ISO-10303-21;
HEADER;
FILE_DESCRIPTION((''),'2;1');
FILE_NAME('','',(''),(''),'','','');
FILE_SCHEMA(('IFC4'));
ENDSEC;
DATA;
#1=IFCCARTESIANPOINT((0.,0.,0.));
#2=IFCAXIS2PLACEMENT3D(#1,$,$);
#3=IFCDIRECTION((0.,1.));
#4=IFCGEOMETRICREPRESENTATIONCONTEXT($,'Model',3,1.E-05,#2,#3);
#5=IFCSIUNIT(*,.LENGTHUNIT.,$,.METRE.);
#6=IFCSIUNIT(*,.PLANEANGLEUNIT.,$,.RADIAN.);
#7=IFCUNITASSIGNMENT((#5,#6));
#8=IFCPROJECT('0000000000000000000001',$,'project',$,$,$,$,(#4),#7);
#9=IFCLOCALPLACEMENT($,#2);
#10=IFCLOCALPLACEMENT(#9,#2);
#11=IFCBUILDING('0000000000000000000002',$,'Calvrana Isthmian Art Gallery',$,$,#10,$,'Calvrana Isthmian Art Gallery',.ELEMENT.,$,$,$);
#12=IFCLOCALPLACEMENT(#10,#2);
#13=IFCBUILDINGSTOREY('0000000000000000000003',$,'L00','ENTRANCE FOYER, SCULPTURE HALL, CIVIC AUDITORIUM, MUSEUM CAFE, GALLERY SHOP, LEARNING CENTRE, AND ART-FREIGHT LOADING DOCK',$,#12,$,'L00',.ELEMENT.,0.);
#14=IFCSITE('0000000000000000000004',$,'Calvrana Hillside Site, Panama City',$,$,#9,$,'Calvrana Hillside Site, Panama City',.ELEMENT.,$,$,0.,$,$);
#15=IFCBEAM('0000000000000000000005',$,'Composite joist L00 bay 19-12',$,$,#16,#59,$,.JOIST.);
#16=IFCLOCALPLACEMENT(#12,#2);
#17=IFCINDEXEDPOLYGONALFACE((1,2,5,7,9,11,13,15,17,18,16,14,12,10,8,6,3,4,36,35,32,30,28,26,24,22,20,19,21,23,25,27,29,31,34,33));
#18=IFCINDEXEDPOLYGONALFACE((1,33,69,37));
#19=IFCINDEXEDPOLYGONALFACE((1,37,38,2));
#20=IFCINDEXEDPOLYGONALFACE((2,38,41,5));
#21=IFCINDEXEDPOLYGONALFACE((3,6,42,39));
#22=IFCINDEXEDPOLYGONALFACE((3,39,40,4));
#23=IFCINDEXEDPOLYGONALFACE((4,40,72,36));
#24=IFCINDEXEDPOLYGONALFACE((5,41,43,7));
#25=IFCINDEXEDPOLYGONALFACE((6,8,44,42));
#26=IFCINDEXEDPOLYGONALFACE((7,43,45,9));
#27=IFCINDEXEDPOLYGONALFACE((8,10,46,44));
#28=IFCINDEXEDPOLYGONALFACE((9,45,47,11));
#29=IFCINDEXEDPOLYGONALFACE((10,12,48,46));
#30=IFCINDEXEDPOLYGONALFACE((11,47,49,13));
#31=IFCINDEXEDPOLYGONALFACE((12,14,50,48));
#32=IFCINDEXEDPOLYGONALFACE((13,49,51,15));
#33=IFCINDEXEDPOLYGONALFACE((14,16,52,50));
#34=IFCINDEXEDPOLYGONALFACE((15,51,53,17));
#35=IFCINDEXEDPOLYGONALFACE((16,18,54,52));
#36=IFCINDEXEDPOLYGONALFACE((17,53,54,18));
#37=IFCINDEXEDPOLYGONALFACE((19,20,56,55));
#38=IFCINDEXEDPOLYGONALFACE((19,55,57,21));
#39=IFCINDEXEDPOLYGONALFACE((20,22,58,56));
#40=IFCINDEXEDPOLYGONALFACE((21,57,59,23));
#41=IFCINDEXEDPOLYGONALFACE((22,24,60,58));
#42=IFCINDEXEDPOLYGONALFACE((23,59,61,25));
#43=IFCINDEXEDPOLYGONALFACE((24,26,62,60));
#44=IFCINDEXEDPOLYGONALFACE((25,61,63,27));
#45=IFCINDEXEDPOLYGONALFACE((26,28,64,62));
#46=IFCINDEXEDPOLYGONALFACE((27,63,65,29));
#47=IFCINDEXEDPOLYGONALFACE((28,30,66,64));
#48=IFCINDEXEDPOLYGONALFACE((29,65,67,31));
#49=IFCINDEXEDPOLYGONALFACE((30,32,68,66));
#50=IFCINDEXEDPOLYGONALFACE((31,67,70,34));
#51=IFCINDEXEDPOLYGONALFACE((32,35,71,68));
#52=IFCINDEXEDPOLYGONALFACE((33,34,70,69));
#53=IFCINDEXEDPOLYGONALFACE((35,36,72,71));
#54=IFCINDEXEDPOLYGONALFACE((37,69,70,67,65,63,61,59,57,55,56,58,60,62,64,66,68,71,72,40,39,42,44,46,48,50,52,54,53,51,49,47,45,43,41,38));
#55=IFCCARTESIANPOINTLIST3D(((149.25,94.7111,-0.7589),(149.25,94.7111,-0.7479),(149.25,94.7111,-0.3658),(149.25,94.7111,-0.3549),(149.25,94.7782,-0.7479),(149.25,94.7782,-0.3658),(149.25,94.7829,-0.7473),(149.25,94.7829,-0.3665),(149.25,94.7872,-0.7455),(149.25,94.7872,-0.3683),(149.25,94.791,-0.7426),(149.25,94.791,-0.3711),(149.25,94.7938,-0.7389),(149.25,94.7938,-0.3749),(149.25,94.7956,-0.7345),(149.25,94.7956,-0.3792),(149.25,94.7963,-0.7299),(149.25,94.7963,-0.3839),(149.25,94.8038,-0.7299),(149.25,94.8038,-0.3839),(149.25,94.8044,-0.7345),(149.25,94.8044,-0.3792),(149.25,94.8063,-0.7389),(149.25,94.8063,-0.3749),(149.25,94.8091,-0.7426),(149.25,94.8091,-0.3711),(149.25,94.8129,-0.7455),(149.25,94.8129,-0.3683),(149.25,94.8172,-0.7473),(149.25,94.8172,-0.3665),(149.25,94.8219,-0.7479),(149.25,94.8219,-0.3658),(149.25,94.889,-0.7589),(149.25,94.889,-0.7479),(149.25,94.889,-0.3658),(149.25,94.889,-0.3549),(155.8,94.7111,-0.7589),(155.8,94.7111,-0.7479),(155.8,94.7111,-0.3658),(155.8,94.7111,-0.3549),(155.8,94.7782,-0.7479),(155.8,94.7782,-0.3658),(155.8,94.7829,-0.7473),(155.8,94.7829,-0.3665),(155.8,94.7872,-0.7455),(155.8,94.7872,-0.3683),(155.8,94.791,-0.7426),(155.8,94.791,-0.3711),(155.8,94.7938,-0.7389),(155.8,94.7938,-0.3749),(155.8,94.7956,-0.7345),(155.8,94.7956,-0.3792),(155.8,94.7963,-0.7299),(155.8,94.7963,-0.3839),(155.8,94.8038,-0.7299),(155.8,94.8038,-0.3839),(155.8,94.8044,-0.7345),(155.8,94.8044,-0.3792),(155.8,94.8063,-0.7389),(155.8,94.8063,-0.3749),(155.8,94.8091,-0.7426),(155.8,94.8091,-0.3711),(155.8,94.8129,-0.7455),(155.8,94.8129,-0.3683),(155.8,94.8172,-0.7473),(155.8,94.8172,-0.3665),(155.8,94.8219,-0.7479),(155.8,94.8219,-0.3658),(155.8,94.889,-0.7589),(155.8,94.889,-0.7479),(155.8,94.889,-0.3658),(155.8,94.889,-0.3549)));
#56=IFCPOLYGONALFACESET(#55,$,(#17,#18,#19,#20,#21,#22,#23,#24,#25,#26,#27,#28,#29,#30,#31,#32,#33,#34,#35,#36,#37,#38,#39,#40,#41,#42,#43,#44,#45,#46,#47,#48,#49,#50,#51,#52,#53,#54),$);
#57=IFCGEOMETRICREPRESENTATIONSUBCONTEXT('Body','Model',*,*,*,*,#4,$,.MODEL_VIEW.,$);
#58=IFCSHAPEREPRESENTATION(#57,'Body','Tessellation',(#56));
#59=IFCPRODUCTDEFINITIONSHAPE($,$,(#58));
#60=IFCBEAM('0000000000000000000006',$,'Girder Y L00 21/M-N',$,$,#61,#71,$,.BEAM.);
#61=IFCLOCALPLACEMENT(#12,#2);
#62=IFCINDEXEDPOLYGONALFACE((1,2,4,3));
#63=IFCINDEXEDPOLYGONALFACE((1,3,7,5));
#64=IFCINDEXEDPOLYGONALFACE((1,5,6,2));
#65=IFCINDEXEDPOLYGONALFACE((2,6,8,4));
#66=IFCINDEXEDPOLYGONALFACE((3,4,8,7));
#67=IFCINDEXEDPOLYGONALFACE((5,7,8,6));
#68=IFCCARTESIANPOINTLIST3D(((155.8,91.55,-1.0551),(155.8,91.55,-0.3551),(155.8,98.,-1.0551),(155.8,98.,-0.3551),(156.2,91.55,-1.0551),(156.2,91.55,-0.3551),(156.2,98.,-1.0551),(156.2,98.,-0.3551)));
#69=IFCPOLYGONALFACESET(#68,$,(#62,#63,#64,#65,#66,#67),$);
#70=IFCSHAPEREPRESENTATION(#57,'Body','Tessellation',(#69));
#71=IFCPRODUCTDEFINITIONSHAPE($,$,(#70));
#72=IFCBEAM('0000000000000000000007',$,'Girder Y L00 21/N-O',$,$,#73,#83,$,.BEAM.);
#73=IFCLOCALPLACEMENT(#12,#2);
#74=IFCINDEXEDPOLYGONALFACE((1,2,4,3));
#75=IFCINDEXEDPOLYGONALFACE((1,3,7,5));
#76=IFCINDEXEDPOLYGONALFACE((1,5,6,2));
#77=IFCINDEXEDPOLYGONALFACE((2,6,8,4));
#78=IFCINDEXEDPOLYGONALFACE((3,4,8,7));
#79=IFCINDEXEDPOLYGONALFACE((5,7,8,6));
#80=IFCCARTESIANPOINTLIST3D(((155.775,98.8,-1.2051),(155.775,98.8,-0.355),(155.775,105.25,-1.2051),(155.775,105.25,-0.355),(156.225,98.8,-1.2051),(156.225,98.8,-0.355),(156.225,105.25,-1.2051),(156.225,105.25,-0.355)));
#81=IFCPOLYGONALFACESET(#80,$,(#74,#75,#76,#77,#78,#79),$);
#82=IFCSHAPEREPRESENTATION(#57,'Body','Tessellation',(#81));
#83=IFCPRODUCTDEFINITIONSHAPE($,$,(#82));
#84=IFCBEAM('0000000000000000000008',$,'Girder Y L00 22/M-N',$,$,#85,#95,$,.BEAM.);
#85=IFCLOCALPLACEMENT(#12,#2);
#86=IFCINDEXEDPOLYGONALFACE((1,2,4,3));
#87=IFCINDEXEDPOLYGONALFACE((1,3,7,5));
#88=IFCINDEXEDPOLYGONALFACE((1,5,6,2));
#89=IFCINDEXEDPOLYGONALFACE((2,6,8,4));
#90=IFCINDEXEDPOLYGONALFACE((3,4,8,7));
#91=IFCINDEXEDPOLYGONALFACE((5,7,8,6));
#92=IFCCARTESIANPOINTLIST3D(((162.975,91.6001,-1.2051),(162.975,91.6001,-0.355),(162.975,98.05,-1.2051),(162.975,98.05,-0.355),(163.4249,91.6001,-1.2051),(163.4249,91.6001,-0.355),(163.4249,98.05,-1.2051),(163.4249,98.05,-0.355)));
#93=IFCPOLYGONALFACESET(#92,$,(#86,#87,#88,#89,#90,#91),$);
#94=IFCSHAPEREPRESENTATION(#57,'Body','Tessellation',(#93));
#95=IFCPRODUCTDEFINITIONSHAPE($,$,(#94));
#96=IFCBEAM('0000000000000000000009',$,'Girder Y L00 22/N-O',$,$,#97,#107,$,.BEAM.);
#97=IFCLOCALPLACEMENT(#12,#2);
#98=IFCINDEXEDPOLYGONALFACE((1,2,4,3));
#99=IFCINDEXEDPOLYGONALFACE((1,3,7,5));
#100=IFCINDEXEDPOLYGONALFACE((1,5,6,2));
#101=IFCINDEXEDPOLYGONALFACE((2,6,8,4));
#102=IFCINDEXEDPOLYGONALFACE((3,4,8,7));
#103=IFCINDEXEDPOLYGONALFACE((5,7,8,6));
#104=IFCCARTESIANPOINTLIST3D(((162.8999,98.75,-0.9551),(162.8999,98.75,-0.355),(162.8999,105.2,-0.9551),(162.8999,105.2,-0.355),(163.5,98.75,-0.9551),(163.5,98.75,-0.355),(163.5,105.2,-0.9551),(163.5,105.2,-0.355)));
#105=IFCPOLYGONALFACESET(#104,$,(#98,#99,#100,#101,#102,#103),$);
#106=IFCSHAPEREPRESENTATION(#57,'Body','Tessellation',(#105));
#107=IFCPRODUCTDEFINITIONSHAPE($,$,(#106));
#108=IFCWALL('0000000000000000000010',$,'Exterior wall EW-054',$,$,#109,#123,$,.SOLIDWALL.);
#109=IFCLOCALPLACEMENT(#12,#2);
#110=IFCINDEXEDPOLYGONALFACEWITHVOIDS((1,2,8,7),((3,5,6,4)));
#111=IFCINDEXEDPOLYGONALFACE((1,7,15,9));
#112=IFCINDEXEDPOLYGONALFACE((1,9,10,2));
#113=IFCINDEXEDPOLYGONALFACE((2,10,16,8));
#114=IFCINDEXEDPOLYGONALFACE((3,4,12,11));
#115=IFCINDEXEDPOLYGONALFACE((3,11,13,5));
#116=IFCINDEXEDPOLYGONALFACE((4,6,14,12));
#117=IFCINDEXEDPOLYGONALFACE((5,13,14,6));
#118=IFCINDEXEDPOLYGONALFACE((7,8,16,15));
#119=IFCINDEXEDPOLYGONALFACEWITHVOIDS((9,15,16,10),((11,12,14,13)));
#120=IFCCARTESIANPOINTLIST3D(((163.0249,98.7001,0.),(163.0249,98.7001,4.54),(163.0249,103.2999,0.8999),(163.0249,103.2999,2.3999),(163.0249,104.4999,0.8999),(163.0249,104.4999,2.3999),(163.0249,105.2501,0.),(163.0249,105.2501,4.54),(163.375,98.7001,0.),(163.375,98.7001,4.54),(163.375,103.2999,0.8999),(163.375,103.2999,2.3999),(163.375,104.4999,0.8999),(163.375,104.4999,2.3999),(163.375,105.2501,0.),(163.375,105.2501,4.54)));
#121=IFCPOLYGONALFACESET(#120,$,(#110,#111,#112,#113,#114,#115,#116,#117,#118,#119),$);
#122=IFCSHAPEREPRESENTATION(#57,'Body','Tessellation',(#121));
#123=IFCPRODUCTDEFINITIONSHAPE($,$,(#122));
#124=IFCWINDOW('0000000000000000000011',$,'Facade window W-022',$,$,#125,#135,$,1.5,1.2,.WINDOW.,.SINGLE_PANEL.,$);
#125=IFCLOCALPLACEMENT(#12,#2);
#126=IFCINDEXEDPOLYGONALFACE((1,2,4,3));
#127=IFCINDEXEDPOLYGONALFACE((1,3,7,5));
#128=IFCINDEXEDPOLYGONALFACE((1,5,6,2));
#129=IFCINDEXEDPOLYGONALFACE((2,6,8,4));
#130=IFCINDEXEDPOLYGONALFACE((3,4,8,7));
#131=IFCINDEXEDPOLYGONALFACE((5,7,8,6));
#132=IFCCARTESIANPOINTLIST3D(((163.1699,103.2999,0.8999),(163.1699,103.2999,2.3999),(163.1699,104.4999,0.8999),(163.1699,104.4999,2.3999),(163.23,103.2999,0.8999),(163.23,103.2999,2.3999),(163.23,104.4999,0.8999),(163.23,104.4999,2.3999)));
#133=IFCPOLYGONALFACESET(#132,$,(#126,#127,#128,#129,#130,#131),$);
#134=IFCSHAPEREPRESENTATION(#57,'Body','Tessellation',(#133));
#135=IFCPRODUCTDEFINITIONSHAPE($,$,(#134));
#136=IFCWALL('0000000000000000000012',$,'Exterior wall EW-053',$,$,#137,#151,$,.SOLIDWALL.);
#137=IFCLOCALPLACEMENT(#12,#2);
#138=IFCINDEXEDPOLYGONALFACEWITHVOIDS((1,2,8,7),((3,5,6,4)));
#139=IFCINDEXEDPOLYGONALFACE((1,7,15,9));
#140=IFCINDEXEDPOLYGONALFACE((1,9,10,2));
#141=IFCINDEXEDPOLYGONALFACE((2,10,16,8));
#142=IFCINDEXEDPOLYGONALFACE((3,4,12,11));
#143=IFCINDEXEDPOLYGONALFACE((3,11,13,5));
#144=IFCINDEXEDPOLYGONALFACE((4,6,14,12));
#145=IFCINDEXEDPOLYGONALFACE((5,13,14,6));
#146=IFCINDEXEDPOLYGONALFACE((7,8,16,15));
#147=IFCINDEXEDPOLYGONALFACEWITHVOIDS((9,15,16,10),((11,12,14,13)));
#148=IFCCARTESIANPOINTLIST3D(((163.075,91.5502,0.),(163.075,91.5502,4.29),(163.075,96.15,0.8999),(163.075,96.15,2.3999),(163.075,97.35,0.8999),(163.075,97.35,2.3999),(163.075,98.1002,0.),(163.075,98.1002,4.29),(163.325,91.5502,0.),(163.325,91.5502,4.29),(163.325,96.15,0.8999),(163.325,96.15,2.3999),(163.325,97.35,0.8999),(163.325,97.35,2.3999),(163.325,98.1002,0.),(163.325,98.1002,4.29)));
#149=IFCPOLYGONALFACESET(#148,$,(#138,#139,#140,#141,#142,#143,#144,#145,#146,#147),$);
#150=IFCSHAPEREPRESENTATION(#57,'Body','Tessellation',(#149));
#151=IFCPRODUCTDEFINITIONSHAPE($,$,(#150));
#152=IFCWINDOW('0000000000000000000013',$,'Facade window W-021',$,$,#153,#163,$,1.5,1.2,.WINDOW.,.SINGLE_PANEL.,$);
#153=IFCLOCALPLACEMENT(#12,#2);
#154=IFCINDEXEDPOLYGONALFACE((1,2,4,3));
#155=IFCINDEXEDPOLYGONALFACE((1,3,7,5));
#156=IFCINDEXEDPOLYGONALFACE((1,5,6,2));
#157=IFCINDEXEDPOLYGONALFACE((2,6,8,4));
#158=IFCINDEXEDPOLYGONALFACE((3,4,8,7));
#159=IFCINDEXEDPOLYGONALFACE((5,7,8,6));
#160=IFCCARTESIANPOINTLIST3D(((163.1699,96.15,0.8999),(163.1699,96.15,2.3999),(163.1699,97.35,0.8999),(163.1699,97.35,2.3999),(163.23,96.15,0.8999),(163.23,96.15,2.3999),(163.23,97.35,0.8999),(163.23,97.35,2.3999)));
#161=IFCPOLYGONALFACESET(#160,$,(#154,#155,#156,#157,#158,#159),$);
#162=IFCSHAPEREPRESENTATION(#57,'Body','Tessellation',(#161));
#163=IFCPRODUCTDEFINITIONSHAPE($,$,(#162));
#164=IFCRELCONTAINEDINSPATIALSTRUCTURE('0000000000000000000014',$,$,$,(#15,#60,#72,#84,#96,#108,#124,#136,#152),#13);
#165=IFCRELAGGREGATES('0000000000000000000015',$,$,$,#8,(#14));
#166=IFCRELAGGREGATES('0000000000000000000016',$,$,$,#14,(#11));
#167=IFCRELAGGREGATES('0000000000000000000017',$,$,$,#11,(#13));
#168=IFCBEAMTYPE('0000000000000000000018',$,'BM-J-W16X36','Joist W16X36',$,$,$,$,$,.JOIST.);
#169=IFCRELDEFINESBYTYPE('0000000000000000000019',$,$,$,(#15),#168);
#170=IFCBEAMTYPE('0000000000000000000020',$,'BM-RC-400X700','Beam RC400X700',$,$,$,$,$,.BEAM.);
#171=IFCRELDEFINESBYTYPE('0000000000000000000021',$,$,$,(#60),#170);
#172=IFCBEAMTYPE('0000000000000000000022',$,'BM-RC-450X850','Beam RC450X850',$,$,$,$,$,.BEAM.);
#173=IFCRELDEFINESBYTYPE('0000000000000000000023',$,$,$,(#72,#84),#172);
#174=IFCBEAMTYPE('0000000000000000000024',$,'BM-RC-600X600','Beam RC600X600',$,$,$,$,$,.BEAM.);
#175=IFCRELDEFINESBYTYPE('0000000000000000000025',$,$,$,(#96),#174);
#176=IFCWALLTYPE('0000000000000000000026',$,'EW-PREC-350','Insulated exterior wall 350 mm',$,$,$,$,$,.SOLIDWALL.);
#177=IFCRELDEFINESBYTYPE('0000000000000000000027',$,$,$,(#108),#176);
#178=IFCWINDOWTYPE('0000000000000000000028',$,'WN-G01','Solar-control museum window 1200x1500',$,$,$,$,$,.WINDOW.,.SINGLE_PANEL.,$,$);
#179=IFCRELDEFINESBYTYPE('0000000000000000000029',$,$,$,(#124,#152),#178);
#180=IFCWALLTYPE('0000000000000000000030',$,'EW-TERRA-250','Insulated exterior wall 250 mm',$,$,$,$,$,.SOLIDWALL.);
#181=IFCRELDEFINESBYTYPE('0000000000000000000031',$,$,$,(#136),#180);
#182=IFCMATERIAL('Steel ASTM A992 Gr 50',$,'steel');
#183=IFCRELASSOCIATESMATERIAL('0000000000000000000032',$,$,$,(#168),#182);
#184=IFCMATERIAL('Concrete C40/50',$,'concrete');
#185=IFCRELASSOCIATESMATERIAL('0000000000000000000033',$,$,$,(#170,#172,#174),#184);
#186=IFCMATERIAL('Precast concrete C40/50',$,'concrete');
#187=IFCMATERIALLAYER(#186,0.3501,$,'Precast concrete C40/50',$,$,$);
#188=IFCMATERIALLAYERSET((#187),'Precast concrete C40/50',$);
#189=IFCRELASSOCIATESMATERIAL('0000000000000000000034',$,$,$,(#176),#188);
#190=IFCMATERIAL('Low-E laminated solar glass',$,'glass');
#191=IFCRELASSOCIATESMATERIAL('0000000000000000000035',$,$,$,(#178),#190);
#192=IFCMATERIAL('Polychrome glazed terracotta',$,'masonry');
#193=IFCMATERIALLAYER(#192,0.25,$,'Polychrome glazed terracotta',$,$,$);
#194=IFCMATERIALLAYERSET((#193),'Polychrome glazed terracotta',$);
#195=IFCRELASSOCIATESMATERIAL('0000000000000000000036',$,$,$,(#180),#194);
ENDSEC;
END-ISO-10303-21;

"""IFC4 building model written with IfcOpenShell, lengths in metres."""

from ifc_helpers import new_model, si_unit, direction, frame, frame_2d, origin, origin_2d, place, context, subcontext, project, spatial, rectangle, i_section, extrude, material, layer, layer_set, material_profile, profile_set, type_object, element, fill, save


model = new_model("IFC4")

# Units and contexts
model_context = context("Model", 3, precision=1e-05, world=origin(), true_north=direction((0.0, 1.0)))
body_context = subcontext(model_context, "Body", "Model", "MODEL_VIEW")
ifc_project = project(units=[si_unit("LENGTHUNIT", "METRE"), si_unit("PLANEANGLEUNIT", "RADIAN")], contexts=[model_context])

# Site, building, storey
site_placement = place(None, origin())
site = spatial("IfcSite", under=ifc_project, at=site_placement, Name="Calvrana Hillside Site, Panama City", LongName="Calvrana Hillside Site, Panama City", CompositionType="ELEMENT", RefElevation=0.0)
building_placement = place(site_placement, origin())
building = spatial("IfcBuilding", under=site, at=building_placement, Name="Calvrana Isthmian Art Gallery", LongName="Calvrana Isthmian Art Gallery", CompositionType="ELEMENT")
storey_placement = place(building_placement, origin())
storey = spatial("IfcBuildingStorey", under=building, at=storey_placement, Name="L00", Description="ENTRANCE FOYER, SCULPTURE HALL, CIVIC AUDITORIUM, MUSEUM CAFE, GALLERY SHOP, LEARNING CENTRE, AND ART-FREIGHT LOADING DOCK", LongName="L00", CompositionType="ELEMENT", Elevation=0.0)

# Shared definitions
ifc_material_1 = material(Name="Concrete C40/50", Category="concrete")

# Beams
ifc_material_2 = material(Name="Steel ASTM A992 Gr 50", Category="steel")
ifc_material_profile_1 = material_profile(ifc_material_2, i_section(OverallWidth=0.178, OverallDepth=0.4041, WebThickness=0.0076, FlangeThickness=0.011, FilletRadius=0.0181, at=origin_2d()), Name="W16X36")
ifc_profile_set_1 = profile_set([ifc_material_profile_1], Name="Steel ASTM A992 Gr 50")
beam_type_1 = type_object("IfcBeamType", Name="BM-J-W16X36", Description="Joist W16X36", PredefinedType="JOIST", material=ifc_profile_set_1)
beam_1_placement = place(storey_placement, frame((149.25, 94.8, -0.5569), z_axis=(1.0, 0.0, 0.0), x_axis=(0.0, 1.0, 0.0)))
element("IfcBeam", 1, at=beam_1_placement, inside=storey, type_object=beam_type_1, Name="Composite joist L00 bay 19-12", PredefinedType="JOIST", context=body_context, shape_type="SweptSolid", body=[
    extrude(i_section(OverallWidth=0.178, OverallDepth=0.4041, WebThickness=0.0076, FlangeThickness=0.011, FilletRadius=0.0181, at=origin_2d()), origin(), (0.0, 0.0, 1.0), 6.55),
])
ifc_material_profile_2 = material_profile(ifc_material_1, rectangle(XDim=0.3999, YDim=0.7, at=origin_2d()), Name="RC400X700")
ifc_profile_set_2 = profile_set([ifc_material_profile_2], Name="Concrete C40/50")
beam_type_2 = type_object("IfcBeamType", Name="BM-RC-400X700", Description="Beam RC400X700", PredefinedType="BEAM", material=ifc_profile_set_2)
beam_2_placement = place(storey_placement, frame((156.0, 91.55, -0.7051), z_axis=(0.0, 1.0, 0.0), x_axis=(-1.0, 0.0, 0.0)))
element("IfcBeam", 2, at=beam_2_placement, inside=storey, type_object=beam_type_2, Name="Girder Y L00 21/M-N", PredefinedType="BEAM", context=body_context, shape_type="SweptSolid", body=[
    extrude(rectangle(XDim=0.3999, YDim=0.7, at=origin_2d()), origin(), (0.0, 0.0, 1.0), 6.45),
])
ifc_material_profile_3 = material_profile(ifc_material_1, rectangle(XDim=0.45, YDim=0.8501, at=origin_2d()), Name="RC450X850")
ifc_profile_set_3 = profile_set([ifc_material_profile_3], Name="Concrete C40/50")
beam_type_3 = type_object("IfcBeamType", Name="BM-RC-450X850", Description="Beam RC450X850", PredefinedType="BEAM", material=ifc_profile_set_3)
for number, where, z_axis, x_axis, name in (
    (3, (156.0, 98.8, -0.78), (0.0, 1.0, 0.0), (-1.0, 0.0, 0.0), "Girder Y L00 21/N-O"),
    (4, (163.2, 91.6001, -0.78), (0.0, 1.0, 0.0), (-1.0, 0.0, 0.0), "Girder Y L00 22/M-N"),
):
    element("IfcBeam", number, at=place(storey_placement, frame(where, z_axis=z_axis, x_axis=x_axis)), inside=storey, type_object=beam_type_3, Name=name, PredefinedType="BEAM", context=body_context, shape_type="SweptSolid", body=[
        extrude(rectangle(XDim=0.45, YDim=0.8501, at=origin_2d()), origin(), (0.0, 0.0, 1.0), 6.45),
    ])
ifc_material_profile_4 = material_profile(ifc_material_1, rectangle(XDim=0.6001, YDim=0.6001, at=origin_2d()), Name="RC600X600")
ifc_profile_set_4 = profile_set([ifc_material_profile_4], Name="Concrete C40/50")
beam_type_4 = type_object("IfcBeamType", Name="BM-RC-600X600", Description="Beam RC600X600", PredefinedType="BEAM", material=ifc_profile_set_4)
beam_3_placement = place(storey_placement, frame((163.2, 98.75, -0.655), z_axis=(0.0, 1.0, 0.0), x_axis=(-1.0, 0.0, 0.0)))
element("IfcBeam", 5, at=beam_3_placement, inside=storey, type_object=beam_type_4, Name="Girder Y L00 22/N-O", PredefinedType="BEAM", context=body_context, shape_type="SweptSolid", body=[
    extrude(rectangle(XDim=0.6001, YDim=0.6001, at=origin_2d()), origin(), (0.0, 0.0, 1.0), 6.45),
])

# Walls, openings, windows
ifc_material_3 = material(Name="Precast concrete C40/50", Category="concrete")
ifc_layer_1 = layer(ifc_material_3, 0.3501, Name="Precast concrete C40/50")
ifc_layer_set_1 = layer_set([ifc_layer_1], Name="Precast concrete C40/50")
wall_type_1 = type_object("IfcWallType", Name="EW-PREC-350", Description="Insulated exterior wall 350 mm", PredefinedType="SOLIDWALL", material=ifc_layer_set_1)
wall_1_placement = place(storey_placement, frame((163.2, 105.25, 0.0), z_axis=(0.0, 0.0, 1.0), x_axis=(0.0, -1.0, 0.0)))
wall_1 = element("IfcWall", 6, at=wall_1_placement, inside=storey, type_object=wall_type_1, Name="Exterior wall EW-054", PredefinedType="SOLIDWALL", context=body_context, shape_type="SweptSolid", body=[
    extrude(rectangle(XDim=6.55, YDim=0.3501, at=frame_2d((3.2749, 0.0))), origin(), (0.0, 0.0, 1.0), 4.54),
])
opening_1_placement = place(wall_1_placement, frame((0.75, 0.0, 0.8999)))
opening_1 = element("IfcOpeningElement", 7, at=opening_1_placement, cuts=wall_1, PredefinedType="OPENING", context=body_context, shape_type="SweptSolid", body=[
    extrude(rectangle(XDim=1.2, YDim=1.5, at=frame_2d((0.6001, 0.75))), frame((0.0, 0.1853, 0.0), z_axis=(0.0, -1.0, 0.0), x_axis=(1.0, 0.0, 0.0)), (0.0, 0.0, 1.0), 0.3706),
])
ifc_material_4 = material(Name="Low-E laminated solar glass", Category="glass")
window_type = type_object("IfcWindowType", Name="WN-G01", Description="Solar-control museum window 1200x1500", PartitioningType="SINGLE_PANEL", PredefinedType="WINDOW", material=ifc_material_4)
window_1_placement = place(opening_1_placement, origin())
window_1 = element("IfcWindow", 8, at=window_1_placement, inside=storey, type_object=window_type, Name="Facade window W-022", OverallHeight=1.5, OverallWidth=1.2, PartitioningType="SINGLE_PANEL", PredefinedType="WINDOW", context=body_context, shape_type="SweptSolid", body=[
    extrude(rectangle(XDim=1.2, YDim=1.5, at=frame_2d((0.6001, 0.75))), frame((0.0, 0.03, 0.0), z_axis=(0.0, -1.0, 0.0), x_axis=(1.0, 0.0, 0.0)), (0.0, 0.0, 1.0), 0.0601),
])
fill(opening_1, window_1)
ifc_material_5 = material(Name="Polychrome glazed terracotta", Category="masonry")
ifc_layer_2 = layer(ifc_material_5, 0.25, Name="Polychrome glazed terracotta")
ifc_layer_set_2 = layer_set([ifc_layer_2], Name="Polychrome glazed terracotta")
wall_type_2 = type_object("IfcWallType", Name="EW-TERRA-250", Description="Insulated exterior wall 250 mm", PredefinedType="SOLIDWALL", material=ifc_layer_set_2)
wall_2_placement = place(storey_placement, frame((163.2, 98.1001, 0.0), z_axis=(0.0, 0.0, 1.0), x_axis=(0.0, -1.0, 0.0)))
wall_2 = element("IfcWall", 9, at=wall_2_placement, inside=storey, type_object=wall_type_2, Name="Exterior wall EW-053", PredefinedType="SOLIDWALL", context=body_context, shape_type="SweptSolid", body=[
    extrude(rectangle(XDim=6.55, YDim=0.25, at=frame_2d((3.2749, 0.0))), origin(), (0.0, 0.0, 1.0), 4.29),
])
opening_2_placement = place(wall_2_placement, frame((0.75, 0.0, 0.8999)))
opening_2 = element("IfcOpeningElement", 10, at=opening_2_placement, cuts=wall_2, PredefinedType="OPENING", context=body_context, shape_type="SweptSolid", body=[
    extrude(rectangle(XDim=1.2, YDim=1.5, at=frame_2d((0.6001, 0.75))), frame((0.0, 0.1353, 0.0), z_axis=(0.0, -1.0, 0.0), x_axis=(1.0, 0.0, 0.0)), (0.0, 0.0, 1.0), 0.2705),
])
window_2_placement = place(opening_2_placement, origin())
window_2 = element("IfcWindow", 11, at=window_2_placement, inside=storey, type_object=window_type, Name="Facade window W-021", OverallHeight=1.5, OverallWidth=1.2, PartitioningType="SINGLE_PANEL", PredefinedType="WINDOW", context=body_context, shape_type="SweptSolid", body=[
    extrude(rectangle(XDim=1.2, YDim=1.5, at=frame_2d((0.6001, 0.75))), frame((0.0, 0.03, 0.0), z_axis=(0.0, -1.0, 0.0), x_axis=(1.0, 0.0, 0.0)), (0.0, 0.0, 1.0), 0.0601),
])
fill(opening_2, window_2)

save(model, "model.ifc")
